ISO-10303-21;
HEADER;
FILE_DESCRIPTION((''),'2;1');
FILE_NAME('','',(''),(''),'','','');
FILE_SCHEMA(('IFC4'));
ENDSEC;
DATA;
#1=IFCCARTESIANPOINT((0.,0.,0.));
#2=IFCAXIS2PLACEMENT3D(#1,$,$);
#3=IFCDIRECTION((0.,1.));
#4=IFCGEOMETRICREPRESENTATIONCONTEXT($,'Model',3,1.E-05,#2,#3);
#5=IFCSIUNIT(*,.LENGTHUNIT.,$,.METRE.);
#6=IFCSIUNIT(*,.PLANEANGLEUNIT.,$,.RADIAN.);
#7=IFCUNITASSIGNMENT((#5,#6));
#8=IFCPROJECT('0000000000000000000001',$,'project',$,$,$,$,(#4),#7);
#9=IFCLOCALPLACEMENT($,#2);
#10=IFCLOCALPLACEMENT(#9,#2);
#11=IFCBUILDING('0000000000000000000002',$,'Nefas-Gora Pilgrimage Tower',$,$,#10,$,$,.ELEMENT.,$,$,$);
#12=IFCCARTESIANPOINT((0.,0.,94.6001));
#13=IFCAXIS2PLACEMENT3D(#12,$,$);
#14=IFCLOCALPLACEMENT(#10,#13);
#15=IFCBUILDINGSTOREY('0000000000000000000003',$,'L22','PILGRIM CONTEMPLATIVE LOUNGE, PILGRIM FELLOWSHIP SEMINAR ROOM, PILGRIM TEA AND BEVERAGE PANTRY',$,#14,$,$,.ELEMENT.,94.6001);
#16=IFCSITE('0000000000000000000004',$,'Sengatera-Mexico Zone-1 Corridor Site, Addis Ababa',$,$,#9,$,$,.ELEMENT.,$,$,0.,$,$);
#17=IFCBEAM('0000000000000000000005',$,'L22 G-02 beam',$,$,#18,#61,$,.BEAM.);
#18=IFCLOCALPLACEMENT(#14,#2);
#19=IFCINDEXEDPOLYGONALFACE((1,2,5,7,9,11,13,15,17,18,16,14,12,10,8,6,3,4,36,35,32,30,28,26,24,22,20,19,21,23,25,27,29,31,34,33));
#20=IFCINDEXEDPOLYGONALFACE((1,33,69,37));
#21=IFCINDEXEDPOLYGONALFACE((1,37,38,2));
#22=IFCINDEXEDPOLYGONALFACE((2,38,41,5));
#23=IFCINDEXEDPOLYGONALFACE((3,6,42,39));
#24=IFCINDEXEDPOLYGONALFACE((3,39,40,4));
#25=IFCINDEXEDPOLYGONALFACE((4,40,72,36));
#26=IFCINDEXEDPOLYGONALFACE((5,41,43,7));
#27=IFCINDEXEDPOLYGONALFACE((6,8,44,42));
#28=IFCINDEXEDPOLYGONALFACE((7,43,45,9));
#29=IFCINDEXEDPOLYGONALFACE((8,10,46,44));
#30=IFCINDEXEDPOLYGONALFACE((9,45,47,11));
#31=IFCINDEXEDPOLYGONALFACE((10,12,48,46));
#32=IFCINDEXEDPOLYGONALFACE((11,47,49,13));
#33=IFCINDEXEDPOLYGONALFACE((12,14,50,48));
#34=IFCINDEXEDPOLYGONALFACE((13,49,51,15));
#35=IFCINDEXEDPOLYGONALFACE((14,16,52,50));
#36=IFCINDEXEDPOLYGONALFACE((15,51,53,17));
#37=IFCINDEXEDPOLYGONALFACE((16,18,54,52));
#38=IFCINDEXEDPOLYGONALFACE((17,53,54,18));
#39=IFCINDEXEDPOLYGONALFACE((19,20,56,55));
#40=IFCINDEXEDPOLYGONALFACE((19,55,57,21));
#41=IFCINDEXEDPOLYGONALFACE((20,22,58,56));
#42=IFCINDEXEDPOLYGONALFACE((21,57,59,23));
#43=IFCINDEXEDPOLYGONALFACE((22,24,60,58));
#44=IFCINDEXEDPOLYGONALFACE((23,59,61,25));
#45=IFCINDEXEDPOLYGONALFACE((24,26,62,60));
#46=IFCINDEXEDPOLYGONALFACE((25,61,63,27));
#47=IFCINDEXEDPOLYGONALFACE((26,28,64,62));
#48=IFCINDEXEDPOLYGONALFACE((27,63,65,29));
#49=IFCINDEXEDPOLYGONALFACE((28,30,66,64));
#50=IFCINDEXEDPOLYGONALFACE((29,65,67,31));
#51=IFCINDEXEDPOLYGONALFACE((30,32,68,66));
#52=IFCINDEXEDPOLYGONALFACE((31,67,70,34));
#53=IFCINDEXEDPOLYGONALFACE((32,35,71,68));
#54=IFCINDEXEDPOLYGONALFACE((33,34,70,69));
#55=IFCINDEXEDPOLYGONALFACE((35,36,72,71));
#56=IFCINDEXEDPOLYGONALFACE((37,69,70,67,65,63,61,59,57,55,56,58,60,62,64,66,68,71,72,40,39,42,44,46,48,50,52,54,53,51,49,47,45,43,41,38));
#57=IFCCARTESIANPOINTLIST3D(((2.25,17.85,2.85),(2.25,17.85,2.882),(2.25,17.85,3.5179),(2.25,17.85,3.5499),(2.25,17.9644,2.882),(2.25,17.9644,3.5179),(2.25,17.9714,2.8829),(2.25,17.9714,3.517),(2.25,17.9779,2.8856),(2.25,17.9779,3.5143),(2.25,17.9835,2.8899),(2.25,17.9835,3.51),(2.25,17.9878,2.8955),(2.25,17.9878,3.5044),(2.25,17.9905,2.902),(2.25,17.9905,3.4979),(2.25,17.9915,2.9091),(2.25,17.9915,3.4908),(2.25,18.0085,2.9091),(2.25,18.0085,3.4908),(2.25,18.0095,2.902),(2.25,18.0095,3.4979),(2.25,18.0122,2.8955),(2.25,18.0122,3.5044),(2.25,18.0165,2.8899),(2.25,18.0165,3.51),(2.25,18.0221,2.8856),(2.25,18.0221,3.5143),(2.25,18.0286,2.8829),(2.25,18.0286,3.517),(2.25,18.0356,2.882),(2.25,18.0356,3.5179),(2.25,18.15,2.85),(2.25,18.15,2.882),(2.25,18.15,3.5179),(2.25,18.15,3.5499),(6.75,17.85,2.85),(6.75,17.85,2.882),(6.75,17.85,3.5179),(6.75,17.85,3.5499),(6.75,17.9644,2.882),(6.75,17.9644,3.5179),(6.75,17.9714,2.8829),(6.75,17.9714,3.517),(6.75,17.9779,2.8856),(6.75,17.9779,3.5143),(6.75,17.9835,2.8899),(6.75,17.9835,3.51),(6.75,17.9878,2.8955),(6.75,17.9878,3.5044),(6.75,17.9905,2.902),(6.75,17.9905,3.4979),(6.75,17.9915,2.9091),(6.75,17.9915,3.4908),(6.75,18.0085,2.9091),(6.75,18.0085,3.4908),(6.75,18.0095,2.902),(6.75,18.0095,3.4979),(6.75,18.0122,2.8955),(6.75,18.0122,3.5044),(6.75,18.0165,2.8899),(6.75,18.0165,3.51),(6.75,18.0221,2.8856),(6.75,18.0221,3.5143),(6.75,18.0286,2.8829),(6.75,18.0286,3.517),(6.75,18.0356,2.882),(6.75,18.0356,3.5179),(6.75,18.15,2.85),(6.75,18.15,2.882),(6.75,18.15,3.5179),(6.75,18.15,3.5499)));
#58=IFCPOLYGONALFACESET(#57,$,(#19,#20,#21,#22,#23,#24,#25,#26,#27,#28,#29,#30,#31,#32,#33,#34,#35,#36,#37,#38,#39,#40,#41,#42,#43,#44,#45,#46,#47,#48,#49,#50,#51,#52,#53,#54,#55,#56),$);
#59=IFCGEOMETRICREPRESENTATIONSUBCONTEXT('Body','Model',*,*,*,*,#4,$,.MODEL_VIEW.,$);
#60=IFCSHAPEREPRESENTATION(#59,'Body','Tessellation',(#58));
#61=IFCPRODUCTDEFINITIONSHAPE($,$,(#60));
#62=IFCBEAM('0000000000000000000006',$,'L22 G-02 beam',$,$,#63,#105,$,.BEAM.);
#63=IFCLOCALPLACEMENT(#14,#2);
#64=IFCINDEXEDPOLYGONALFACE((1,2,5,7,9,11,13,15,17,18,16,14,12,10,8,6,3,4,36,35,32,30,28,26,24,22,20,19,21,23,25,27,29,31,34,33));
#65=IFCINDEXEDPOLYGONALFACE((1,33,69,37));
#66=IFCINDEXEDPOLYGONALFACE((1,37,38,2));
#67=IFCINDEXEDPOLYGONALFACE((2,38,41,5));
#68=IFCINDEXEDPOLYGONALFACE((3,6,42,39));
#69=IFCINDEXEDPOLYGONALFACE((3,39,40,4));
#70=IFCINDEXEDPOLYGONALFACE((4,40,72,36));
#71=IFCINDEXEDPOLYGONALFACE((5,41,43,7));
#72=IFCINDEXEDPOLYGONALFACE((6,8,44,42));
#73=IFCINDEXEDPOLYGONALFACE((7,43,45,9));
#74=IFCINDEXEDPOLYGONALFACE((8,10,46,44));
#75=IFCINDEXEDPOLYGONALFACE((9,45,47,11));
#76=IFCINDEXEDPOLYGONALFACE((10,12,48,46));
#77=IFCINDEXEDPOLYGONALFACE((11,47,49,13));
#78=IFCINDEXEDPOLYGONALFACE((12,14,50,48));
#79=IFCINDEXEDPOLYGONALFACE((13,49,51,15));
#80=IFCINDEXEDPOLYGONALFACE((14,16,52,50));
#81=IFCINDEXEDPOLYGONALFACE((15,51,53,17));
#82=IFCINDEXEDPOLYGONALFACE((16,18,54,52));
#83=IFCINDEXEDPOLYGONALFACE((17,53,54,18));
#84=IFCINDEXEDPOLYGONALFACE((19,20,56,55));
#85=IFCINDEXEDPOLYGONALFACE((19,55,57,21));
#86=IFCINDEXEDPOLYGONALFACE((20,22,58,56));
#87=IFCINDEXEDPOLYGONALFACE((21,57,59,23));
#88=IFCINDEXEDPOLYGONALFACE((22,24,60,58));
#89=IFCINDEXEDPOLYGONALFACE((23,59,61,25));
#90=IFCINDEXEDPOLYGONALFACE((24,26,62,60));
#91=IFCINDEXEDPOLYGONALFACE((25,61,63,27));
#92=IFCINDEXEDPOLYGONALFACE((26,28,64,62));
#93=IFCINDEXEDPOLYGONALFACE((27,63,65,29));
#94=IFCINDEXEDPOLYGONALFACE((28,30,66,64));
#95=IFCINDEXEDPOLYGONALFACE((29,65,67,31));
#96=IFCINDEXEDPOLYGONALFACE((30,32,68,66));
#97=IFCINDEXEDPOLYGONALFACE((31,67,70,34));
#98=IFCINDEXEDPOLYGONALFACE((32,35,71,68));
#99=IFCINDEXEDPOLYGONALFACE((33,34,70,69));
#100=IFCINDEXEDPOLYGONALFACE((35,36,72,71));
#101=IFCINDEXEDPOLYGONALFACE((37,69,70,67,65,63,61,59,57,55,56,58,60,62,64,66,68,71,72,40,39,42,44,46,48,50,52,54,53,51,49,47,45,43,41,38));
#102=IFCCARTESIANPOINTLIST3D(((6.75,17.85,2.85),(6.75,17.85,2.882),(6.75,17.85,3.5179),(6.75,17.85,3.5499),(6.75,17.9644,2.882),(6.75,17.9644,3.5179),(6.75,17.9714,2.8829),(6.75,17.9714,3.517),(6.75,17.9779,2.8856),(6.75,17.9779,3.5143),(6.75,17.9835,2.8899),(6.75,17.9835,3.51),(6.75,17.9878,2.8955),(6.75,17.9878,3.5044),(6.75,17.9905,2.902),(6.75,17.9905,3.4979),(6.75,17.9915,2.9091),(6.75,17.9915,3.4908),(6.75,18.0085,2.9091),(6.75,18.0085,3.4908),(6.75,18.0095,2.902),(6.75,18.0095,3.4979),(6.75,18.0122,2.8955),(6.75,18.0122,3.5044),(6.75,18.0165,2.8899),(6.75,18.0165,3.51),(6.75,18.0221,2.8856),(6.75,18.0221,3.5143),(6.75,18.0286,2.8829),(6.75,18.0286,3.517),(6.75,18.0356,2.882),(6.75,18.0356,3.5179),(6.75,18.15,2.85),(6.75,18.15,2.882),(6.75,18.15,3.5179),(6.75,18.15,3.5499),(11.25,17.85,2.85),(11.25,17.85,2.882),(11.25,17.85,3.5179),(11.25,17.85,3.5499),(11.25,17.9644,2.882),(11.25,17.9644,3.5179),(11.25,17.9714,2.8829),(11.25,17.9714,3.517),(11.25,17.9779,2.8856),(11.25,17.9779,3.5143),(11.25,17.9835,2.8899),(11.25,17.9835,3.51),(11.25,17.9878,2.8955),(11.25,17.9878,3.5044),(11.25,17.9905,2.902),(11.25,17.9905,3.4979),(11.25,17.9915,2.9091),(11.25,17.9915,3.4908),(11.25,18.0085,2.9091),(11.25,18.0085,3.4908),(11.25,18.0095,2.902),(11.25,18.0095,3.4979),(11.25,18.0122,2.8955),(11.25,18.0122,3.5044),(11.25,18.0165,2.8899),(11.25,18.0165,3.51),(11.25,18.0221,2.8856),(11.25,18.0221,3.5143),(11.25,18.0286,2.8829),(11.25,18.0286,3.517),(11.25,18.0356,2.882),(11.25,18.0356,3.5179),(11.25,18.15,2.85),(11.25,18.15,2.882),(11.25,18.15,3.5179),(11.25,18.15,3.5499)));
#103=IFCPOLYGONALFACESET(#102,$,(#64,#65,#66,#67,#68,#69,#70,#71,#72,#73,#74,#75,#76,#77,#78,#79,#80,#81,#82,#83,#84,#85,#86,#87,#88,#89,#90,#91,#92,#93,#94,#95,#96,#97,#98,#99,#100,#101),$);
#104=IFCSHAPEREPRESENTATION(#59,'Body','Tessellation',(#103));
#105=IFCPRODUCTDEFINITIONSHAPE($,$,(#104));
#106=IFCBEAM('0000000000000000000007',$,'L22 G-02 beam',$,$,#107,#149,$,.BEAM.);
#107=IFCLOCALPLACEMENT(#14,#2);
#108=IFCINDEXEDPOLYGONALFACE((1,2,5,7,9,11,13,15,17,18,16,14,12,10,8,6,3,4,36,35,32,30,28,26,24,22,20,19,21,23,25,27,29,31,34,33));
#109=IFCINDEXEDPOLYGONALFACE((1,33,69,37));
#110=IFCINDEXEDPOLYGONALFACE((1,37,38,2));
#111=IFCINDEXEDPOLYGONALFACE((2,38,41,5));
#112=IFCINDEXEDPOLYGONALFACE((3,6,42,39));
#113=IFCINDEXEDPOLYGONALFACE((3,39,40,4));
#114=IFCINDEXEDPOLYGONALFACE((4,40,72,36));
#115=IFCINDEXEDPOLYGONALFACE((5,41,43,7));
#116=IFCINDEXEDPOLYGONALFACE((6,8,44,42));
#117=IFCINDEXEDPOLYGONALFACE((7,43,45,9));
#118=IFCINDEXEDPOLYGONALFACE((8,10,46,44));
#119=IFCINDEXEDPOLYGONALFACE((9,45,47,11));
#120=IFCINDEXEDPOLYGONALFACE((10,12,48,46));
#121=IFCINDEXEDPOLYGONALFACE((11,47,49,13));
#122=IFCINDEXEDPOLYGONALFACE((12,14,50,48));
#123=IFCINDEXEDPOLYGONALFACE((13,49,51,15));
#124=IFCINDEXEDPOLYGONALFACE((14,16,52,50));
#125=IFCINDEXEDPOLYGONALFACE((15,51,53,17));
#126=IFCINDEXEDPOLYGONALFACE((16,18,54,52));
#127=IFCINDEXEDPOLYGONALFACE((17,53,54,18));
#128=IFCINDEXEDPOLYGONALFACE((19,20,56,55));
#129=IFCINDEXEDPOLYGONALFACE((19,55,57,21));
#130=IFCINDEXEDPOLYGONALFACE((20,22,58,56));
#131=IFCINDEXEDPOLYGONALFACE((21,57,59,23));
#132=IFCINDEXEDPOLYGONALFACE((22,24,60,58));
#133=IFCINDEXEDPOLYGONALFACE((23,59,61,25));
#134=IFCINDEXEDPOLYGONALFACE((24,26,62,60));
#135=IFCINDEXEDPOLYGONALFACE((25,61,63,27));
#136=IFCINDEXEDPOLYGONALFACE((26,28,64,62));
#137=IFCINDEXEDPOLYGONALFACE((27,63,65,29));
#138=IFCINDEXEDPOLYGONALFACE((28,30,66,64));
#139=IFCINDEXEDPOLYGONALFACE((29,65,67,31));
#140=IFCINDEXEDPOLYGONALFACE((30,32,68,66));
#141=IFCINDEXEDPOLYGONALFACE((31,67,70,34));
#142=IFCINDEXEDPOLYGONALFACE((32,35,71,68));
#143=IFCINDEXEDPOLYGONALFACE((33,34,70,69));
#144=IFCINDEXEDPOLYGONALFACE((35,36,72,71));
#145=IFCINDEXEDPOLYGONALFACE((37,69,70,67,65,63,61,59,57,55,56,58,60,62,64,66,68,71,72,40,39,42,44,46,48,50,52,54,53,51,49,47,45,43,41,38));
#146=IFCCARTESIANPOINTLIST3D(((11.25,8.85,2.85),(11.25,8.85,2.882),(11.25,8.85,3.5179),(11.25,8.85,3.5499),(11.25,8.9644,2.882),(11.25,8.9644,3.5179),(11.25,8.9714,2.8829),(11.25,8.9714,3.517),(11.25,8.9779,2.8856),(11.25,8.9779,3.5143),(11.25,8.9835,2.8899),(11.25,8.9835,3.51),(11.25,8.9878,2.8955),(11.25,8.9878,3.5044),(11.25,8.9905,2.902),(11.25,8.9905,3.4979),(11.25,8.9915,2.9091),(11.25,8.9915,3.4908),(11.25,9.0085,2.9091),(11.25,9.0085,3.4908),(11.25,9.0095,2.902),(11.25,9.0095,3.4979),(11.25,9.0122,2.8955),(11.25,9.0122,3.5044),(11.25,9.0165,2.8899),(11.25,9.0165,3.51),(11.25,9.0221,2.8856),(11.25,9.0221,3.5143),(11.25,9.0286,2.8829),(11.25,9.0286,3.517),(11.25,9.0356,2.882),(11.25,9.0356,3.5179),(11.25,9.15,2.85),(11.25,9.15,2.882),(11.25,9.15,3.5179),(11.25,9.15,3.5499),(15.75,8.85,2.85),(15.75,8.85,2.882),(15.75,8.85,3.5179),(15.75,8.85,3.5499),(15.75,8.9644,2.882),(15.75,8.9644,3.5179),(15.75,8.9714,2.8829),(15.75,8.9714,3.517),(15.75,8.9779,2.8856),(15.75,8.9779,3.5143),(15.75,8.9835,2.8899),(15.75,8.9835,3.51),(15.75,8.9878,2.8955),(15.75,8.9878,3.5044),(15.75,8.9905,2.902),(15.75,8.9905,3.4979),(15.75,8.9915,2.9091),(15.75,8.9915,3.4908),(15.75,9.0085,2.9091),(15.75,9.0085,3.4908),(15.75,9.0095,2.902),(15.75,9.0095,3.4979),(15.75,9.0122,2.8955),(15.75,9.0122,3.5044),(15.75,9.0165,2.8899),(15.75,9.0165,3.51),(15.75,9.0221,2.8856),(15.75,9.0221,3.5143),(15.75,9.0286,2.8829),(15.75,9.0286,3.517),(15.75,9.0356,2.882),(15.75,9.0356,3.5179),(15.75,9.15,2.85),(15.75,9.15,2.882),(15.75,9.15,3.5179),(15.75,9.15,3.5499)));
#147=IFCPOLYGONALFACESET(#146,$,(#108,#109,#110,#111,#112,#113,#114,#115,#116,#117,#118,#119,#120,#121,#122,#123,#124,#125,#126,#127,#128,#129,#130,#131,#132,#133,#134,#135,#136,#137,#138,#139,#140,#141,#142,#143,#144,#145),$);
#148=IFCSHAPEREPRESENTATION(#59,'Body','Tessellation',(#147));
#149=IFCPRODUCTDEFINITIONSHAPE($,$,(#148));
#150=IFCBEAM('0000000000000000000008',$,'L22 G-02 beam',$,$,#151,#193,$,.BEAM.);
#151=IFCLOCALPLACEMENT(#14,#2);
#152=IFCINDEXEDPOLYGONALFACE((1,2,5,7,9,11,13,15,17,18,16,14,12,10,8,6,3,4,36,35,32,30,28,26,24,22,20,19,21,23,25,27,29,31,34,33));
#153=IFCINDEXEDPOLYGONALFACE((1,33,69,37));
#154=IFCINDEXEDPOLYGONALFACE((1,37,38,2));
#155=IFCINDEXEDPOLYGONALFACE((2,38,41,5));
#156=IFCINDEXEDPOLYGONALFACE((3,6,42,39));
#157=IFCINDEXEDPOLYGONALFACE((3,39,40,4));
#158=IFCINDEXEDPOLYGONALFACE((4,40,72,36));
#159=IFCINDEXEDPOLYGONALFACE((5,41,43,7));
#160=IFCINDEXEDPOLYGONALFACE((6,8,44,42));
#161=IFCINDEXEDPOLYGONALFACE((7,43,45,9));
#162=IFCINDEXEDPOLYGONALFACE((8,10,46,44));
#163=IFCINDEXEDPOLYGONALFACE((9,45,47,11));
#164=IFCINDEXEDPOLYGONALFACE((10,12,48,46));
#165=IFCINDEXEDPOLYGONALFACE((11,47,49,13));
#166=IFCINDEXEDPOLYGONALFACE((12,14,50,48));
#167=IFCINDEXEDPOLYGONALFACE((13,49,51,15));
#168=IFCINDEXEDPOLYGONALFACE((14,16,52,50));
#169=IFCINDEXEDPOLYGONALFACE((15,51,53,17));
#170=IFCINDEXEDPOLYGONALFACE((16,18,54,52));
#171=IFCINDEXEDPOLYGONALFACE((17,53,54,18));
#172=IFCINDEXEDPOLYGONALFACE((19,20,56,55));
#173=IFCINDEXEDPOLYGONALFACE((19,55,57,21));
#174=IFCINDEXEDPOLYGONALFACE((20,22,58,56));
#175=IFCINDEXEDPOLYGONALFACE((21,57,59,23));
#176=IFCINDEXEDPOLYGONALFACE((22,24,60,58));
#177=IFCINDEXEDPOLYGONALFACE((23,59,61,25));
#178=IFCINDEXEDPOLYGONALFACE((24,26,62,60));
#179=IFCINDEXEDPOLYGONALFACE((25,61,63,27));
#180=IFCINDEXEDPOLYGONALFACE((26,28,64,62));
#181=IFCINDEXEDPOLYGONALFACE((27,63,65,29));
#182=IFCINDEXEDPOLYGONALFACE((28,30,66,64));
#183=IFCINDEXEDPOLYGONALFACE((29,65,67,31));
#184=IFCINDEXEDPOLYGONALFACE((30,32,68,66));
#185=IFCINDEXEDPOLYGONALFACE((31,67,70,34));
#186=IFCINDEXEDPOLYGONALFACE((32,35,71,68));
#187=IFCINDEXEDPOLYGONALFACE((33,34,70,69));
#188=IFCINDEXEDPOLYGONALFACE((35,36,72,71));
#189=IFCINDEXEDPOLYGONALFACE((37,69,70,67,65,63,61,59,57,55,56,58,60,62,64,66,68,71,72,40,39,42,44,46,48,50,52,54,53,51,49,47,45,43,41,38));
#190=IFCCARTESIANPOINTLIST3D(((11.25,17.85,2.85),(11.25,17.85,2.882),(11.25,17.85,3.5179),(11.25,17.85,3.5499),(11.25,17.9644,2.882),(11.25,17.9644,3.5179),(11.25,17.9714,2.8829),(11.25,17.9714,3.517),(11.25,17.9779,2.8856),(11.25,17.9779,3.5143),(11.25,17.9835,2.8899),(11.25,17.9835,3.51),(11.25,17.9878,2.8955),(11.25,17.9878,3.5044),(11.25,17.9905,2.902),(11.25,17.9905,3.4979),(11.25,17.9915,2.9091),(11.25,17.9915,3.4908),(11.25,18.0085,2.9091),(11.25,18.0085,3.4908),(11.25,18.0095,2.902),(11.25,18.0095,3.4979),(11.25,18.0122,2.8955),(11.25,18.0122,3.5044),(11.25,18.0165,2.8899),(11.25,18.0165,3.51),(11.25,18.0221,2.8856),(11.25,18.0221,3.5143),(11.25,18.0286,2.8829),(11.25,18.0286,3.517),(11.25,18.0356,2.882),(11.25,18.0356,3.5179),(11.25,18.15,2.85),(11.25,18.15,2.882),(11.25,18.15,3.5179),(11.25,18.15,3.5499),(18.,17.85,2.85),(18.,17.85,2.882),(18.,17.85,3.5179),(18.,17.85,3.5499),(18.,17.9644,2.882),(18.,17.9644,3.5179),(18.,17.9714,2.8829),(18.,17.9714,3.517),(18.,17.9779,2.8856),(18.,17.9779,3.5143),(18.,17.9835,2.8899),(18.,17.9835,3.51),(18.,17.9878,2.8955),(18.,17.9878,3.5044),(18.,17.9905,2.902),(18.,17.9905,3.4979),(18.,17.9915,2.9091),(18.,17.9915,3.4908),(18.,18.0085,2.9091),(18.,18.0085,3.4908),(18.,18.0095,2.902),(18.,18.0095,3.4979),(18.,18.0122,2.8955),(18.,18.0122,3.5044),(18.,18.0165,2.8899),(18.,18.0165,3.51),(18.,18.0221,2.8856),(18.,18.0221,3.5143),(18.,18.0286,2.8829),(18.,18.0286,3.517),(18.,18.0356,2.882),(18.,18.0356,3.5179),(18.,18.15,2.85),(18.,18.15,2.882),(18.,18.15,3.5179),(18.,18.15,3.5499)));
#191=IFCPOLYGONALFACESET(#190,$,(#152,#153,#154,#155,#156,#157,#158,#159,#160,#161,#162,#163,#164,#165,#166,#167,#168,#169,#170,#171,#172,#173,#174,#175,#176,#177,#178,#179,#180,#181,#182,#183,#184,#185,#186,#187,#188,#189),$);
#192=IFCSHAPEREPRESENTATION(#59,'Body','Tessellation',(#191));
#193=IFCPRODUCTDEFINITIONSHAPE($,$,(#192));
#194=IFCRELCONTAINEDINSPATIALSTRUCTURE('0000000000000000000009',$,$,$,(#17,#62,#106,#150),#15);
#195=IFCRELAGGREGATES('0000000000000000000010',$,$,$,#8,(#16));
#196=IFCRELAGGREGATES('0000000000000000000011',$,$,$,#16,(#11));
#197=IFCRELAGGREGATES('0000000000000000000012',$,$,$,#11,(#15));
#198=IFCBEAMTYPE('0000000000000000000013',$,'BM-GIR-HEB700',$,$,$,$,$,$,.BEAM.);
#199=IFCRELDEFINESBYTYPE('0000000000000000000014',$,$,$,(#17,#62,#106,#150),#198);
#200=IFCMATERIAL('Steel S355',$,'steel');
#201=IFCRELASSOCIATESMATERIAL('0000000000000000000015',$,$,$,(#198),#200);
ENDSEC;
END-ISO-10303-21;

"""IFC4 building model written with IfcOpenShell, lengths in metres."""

from ifc_helpers import new_model, si_unit, direction, frame, origin, origin_2d, place, context, subcontext, project, spatial, i_section, extrude, source, transform, mapped, material, material_profile, profile_set, type_object, element, save


model = new_model("IFC4")

# Units and contexts
model_context = context("Model", 3, precision=1e-05, world=origin(), true_north=direction((0.0, 1.0)))
body_context = subcontext(model_context, "Body", "Model", "MODEL_VIEW")
ifc_project = project(units=[si_unit("LENGTHUNIT", "METRE"), si_unit("PLANEANGLEUNIT", "RADIAN")], contexts=[model_context])

# Site, building, storey
site_placement = place(None, origin())
site = spatial("IfcSite", under=ifc_project, at=site_placement, Name="Sengatera-Mexico Zone-1 Corridor Site, Addis Ababa", CompositionType="ELEMENT", RefElevation=0.0)
building_placement = place(site_placement, origin())
building = spatial("IfcBuilding", under=site, at=building_placement, Name="Nefas-Gora Pilgrimage Tower", CompositionType="ELEMENT")
storey_placement = place(building_placement, frame((0.0, 0.0, 94.6001)))
storey = spatial("IfcBuildingStorey", under=building, at=storey_placement, Name="L22", Description="PILGRIM CONTEMPLATIVE LOUNGE, PILGRIM FELLOWSHIP SEMINAR ROOM, PILGRIM TEA AND BEVERAGE PANTRY", CompositionType="ELEMENT", Elevation=94.6001)

# Beams
ifc_material_1 = material(Name="Steel S355", Category="steel")
ifc_material_profile_1 = material_profile(ifc_material_1, i_section(OverallWidth=0.3, OverallDepth=0.7, WebThickness=0.0171, FlangeThickness=0.032, FilletRadius=0.0271, at=origin_2d()), Name="HEB 700")
ifc_profile_set_1 = profile_set([ifc_material_profile_1], Name="Steel S355")
beam_type_1 = type_object("IfcBeamType", Name="BM-GIR-HEB700", PredefinedType="BEAM", material=ifc_profile_set_1)
shared_shape_1 = source(origin(), body_context, "Body", "SweptSolid", [
    extrude(i_section(OverallWidth=0.3, OverallDepth=0.7, WebThickness=0.0171, FlangeThickness=0.032, FilletRadius=0.0271, at=origin_2d()), origin(), (0.0, 0.0, 1.0), 4.5),
])
for number, where, z_axis, x_axis, name in (
    (1, (2.25, 18.0, 3.2), (1.0, 0.0, 0.0), (0.0, 1.0, 0.0), "L22 G-02 beam"),
    (2, (6.75, 18.0, 3.2), (1.0, 0.0, 0.0), (0.0, 1.0, 0.0), "L22 G-02 beam"),
    (3, (11.25, 9.0, 3.2), (1.0, 0.0, 0.0), (0.0, 1.0, 0.0), "L22 G-02 beam"),
):
    element("IfcBeam", number, at=place(storey_placement, frame(where, z_axis=z_axis, x_axis=x_axis)), inside=storey, type_object=beam_type_1, Name=name, PredefinedType="BEAM", context=body_context, shape_type="MappedRepresentation", body=[
        mapped(shared_shape_1, transform((0.0, 0.0, 0.0), x_axis=(1.0, 0.0, 0.0), y_axis=(0.0, 1.0, 0.0), z_axis=(0.0, 0.0, 1.0), scale=1.0)),
    ])
shared_shape_2 = source(origin(), body_context, "Body", "SweptSolid", [
    extrude(i_section(OverallWidth=0.3, OverallDepth=0.7, WebThickness=0.0171, FlangeThickness=0.032, FilletRadius=0.0271, at=origin_2d()), origin(), (0.0, 0.0, 1.0), 6.75),
])
beam_1_placement = place(storey_placement, frame((11.25, 18.0, 3.2), z_axis=(1.0, 0.0, 0.0), x_axis=(0.0, 1.0, 0.0)))
element("IfcBeam", 4, at=beam_1_placement, inside=storey, type_object=beam_type_1, Name="L22 G-02 beam", PredefinedType="BEAM", context=body_context, shape_type="MappedRepresentation", body=[
    mapped(shared_shape_2, transform((0.0, 0.0, 0.0), x_axis=(1.0, 0.0, 0.0), y_axis=(0.0, 1.0, 0.0), z_axis=(0.0, 0.0, 1.0), scale=1.0)),
])

save(model, "model.ifc")
